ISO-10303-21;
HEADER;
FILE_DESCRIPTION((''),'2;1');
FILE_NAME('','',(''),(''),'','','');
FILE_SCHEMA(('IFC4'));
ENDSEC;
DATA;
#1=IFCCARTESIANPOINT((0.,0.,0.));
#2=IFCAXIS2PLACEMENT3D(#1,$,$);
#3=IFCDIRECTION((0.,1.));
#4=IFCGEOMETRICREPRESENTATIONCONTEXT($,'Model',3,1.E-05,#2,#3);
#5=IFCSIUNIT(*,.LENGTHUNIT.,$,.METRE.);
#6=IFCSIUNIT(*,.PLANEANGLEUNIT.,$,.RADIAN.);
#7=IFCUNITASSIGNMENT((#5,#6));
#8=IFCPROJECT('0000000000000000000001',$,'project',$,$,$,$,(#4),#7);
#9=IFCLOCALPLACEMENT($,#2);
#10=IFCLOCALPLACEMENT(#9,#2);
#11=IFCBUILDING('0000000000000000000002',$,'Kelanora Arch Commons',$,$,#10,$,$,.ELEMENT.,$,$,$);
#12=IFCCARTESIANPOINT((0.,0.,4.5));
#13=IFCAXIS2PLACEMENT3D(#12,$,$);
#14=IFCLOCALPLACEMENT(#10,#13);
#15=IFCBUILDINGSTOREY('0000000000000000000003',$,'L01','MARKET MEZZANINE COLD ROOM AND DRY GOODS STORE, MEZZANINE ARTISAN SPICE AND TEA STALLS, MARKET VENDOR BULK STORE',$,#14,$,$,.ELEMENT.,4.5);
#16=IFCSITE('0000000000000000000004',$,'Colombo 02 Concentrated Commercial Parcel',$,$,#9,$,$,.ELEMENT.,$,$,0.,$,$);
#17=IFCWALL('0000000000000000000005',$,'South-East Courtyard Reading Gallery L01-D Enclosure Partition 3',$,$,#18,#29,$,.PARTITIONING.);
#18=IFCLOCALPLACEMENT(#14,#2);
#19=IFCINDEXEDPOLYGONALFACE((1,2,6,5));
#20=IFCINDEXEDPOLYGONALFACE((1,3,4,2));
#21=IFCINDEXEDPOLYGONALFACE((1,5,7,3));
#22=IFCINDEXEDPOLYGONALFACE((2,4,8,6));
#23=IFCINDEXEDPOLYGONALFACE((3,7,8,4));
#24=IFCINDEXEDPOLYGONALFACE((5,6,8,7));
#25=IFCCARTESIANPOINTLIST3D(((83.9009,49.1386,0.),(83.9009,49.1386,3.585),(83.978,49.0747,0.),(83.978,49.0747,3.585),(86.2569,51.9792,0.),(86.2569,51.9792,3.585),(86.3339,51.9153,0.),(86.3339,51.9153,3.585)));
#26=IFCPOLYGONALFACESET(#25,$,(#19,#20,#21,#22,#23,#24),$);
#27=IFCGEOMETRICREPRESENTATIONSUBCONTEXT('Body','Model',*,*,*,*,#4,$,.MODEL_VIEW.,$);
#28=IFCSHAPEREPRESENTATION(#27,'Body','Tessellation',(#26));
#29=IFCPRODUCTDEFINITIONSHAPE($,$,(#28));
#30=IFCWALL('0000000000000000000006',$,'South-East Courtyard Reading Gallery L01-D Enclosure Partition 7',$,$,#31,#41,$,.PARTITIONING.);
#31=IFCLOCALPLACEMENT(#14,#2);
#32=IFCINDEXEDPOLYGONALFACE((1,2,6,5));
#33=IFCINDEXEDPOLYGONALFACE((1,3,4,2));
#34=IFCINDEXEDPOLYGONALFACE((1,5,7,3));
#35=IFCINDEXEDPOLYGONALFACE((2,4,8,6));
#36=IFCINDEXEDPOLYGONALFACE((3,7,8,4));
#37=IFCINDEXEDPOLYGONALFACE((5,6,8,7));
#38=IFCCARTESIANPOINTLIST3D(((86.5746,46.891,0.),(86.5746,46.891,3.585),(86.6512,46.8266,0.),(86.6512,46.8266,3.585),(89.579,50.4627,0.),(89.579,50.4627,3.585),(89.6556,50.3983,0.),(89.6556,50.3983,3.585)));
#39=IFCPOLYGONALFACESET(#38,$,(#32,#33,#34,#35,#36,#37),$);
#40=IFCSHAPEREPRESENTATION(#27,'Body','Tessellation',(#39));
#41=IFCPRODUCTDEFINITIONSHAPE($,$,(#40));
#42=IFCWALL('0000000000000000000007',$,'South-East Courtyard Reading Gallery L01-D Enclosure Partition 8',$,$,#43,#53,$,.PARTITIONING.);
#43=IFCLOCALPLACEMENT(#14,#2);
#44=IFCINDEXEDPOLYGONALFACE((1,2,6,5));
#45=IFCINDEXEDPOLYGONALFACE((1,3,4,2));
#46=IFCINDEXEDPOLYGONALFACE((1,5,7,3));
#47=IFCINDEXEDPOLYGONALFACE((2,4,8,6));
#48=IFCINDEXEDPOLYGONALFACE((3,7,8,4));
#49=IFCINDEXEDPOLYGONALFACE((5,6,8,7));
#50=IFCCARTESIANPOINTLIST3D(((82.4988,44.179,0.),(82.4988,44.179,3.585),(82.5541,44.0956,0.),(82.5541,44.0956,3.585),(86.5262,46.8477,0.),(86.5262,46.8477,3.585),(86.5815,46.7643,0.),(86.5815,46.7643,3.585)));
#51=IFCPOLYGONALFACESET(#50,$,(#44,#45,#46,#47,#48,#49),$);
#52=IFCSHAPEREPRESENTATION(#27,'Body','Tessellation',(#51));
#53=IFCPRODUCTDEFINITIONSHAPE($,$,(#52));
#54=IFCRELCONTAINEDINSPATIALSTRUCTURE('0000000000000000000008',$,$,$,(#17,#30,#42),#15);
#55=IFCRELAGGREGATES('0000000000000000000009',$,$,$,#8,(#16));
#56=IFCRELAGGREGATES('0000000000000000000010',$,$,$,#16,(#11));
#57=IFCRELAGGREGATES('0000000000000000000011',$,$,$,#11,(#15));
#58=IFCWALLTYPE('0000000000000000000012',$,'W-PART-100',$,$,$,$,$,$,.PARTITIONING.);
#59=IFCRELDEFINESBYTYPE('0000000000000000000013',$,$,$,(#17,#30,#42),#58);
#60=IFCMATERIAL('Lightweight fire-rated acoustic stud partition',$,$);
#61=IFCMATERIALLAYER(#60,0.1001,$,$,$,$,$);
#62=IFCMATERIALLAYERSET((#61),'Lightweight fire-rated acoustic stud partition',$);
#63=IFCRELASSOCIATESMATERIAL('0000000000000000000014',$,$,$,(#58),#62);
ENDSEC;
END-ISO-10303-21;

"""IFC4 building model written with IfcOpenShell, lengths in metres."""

from ifc_helpers import new_model, si_unit, direction, frame, frame_2d, origin, place, context, subcontext, project, spatial, rectangle, extrude, material, layer, layer_set, type_object, element, save


model = new_model("IFC4")

# Units and contexts
model_context = context("Model", 3, precision=1e-05, world=origin(), true_north=direction((0.0, 1.0)))
body_context = subcontext(model_context, "Body", "Model", "MODEL_VIEW")
ifc_project = project(units=[si_unit("LENGTHUNIT", "METRE"), si_unit("PLANEANGLEUNIT", "RADIAN")], contexts=[model_context])

# Site, building, storey
site_placement = place(None, origin())
site = spatial("IfcSite", under=ifc_project, at=site_placement, Name="Colombo 02 Concentrated Commercial Parcel", CompositionType="ELEMENT", RefElevation=0.0)
building_placement = place(site_placement, origin())
building = spatial("IfcBuilding", under=site, at=building_placement, Name="Kelanora Arch Commons", CompositionType="ELEMENT")
storey_placement = place(building_placement, frame((0.0, 0.0, 4.5)))
storey = spatial("IfcBuildingStorey", under=building, at=storey_placement, Name="L01", Description="MARKET MEZZANINE COLD ROOM AND DRY GOODS STORE, MEZZANINE ARTISAN SPICE AND TEA STALLS, MARKET VENDOR BULK STORE", CompositionType="ELEMENT", Elevation=4.5)

# Walls
ifc_material_1 = material(Name="Lightweight fire-rated acoustic stud partition")
ifc_layer_1 = layer(ifc_material_1, 0.1001)
ifc_layer_set_1 = layer_set([ifc_layer_1], Name="Lightweight fire-rated acoustic stud partition")
wall_type_1 = type_object("IfcWallType", Name="W-PART-100", PredefinedType="PARTITIONING", material=ifc_layer_set_1)
wall_1_placement = place(storey_placement, frame((83.9395, 49.1067, 0.0), z_axis=(0.0, 0.0, 1.0), x_axis=(0.638393, 0.76971, 0.0)))
element("IfcWall", 1, at=wall_1_placement, inside=storey, type_object=wall_type_1, Name="South-East Courtyard Reading Gallery L01-D Enclosure Partition 3", PredefinedType="PARTITIONING", context=body_context, shape_type="SweptSolid", body=[
    extrude(rectangle(XDim=3.6904, YDim=0.1001, at=frame_2d((1.8452, 0.0))), origin(), (0.0, 0.0, 1.0), 3.585),
])
wall_2_placement = place(storey_placement, frame((89.6172, 50.4304, 0.0), z_axis=(0.0, 0.0, 1.0), x_axis=(-0.643707, -0.765272, 0.0)))
element("IfcWall", 2, at=wall_2_placement, inside=storey, type_object=wall_type_1, Name="South-East Courtyard Reading Gallery L01-D Enclosure Partition 7", PredefinedType="PARTITIONING", context=body_context, shape_type="SweptSolid", body=[
    extrude(rectangle(XDim=4.6672, YDim=0.1001, at=frame_2d((2.3335, 0.0))), origin(), (0.0, 0.0, 1.0), 3.585),
])
wall_3_placement = place(storey_placement, frame((86.5537, 46.8059, 0.0), z_axis=(0.0, 0.0, 1.0), x_axis=(-0.833594, -0.552377, 0.0)))
element("IfcWall", 3, at=wall_3_placement, inside=storey, type_object=wall_type_1, Name="South-East Courtyard Reading Gallery L01-D Enclosure Partition 8", PredefinedType="PARTITIONING", context=body_context, shape_type="SweptSolid", body=[
    extrude(rectangle(XDim=4.8313, YDim=0.1001, at=frame_2d((2.4155, 0.0))), origin(), (0.0, 0.0, 1.0), 3.585),
])

save(model, "model.ifc")
